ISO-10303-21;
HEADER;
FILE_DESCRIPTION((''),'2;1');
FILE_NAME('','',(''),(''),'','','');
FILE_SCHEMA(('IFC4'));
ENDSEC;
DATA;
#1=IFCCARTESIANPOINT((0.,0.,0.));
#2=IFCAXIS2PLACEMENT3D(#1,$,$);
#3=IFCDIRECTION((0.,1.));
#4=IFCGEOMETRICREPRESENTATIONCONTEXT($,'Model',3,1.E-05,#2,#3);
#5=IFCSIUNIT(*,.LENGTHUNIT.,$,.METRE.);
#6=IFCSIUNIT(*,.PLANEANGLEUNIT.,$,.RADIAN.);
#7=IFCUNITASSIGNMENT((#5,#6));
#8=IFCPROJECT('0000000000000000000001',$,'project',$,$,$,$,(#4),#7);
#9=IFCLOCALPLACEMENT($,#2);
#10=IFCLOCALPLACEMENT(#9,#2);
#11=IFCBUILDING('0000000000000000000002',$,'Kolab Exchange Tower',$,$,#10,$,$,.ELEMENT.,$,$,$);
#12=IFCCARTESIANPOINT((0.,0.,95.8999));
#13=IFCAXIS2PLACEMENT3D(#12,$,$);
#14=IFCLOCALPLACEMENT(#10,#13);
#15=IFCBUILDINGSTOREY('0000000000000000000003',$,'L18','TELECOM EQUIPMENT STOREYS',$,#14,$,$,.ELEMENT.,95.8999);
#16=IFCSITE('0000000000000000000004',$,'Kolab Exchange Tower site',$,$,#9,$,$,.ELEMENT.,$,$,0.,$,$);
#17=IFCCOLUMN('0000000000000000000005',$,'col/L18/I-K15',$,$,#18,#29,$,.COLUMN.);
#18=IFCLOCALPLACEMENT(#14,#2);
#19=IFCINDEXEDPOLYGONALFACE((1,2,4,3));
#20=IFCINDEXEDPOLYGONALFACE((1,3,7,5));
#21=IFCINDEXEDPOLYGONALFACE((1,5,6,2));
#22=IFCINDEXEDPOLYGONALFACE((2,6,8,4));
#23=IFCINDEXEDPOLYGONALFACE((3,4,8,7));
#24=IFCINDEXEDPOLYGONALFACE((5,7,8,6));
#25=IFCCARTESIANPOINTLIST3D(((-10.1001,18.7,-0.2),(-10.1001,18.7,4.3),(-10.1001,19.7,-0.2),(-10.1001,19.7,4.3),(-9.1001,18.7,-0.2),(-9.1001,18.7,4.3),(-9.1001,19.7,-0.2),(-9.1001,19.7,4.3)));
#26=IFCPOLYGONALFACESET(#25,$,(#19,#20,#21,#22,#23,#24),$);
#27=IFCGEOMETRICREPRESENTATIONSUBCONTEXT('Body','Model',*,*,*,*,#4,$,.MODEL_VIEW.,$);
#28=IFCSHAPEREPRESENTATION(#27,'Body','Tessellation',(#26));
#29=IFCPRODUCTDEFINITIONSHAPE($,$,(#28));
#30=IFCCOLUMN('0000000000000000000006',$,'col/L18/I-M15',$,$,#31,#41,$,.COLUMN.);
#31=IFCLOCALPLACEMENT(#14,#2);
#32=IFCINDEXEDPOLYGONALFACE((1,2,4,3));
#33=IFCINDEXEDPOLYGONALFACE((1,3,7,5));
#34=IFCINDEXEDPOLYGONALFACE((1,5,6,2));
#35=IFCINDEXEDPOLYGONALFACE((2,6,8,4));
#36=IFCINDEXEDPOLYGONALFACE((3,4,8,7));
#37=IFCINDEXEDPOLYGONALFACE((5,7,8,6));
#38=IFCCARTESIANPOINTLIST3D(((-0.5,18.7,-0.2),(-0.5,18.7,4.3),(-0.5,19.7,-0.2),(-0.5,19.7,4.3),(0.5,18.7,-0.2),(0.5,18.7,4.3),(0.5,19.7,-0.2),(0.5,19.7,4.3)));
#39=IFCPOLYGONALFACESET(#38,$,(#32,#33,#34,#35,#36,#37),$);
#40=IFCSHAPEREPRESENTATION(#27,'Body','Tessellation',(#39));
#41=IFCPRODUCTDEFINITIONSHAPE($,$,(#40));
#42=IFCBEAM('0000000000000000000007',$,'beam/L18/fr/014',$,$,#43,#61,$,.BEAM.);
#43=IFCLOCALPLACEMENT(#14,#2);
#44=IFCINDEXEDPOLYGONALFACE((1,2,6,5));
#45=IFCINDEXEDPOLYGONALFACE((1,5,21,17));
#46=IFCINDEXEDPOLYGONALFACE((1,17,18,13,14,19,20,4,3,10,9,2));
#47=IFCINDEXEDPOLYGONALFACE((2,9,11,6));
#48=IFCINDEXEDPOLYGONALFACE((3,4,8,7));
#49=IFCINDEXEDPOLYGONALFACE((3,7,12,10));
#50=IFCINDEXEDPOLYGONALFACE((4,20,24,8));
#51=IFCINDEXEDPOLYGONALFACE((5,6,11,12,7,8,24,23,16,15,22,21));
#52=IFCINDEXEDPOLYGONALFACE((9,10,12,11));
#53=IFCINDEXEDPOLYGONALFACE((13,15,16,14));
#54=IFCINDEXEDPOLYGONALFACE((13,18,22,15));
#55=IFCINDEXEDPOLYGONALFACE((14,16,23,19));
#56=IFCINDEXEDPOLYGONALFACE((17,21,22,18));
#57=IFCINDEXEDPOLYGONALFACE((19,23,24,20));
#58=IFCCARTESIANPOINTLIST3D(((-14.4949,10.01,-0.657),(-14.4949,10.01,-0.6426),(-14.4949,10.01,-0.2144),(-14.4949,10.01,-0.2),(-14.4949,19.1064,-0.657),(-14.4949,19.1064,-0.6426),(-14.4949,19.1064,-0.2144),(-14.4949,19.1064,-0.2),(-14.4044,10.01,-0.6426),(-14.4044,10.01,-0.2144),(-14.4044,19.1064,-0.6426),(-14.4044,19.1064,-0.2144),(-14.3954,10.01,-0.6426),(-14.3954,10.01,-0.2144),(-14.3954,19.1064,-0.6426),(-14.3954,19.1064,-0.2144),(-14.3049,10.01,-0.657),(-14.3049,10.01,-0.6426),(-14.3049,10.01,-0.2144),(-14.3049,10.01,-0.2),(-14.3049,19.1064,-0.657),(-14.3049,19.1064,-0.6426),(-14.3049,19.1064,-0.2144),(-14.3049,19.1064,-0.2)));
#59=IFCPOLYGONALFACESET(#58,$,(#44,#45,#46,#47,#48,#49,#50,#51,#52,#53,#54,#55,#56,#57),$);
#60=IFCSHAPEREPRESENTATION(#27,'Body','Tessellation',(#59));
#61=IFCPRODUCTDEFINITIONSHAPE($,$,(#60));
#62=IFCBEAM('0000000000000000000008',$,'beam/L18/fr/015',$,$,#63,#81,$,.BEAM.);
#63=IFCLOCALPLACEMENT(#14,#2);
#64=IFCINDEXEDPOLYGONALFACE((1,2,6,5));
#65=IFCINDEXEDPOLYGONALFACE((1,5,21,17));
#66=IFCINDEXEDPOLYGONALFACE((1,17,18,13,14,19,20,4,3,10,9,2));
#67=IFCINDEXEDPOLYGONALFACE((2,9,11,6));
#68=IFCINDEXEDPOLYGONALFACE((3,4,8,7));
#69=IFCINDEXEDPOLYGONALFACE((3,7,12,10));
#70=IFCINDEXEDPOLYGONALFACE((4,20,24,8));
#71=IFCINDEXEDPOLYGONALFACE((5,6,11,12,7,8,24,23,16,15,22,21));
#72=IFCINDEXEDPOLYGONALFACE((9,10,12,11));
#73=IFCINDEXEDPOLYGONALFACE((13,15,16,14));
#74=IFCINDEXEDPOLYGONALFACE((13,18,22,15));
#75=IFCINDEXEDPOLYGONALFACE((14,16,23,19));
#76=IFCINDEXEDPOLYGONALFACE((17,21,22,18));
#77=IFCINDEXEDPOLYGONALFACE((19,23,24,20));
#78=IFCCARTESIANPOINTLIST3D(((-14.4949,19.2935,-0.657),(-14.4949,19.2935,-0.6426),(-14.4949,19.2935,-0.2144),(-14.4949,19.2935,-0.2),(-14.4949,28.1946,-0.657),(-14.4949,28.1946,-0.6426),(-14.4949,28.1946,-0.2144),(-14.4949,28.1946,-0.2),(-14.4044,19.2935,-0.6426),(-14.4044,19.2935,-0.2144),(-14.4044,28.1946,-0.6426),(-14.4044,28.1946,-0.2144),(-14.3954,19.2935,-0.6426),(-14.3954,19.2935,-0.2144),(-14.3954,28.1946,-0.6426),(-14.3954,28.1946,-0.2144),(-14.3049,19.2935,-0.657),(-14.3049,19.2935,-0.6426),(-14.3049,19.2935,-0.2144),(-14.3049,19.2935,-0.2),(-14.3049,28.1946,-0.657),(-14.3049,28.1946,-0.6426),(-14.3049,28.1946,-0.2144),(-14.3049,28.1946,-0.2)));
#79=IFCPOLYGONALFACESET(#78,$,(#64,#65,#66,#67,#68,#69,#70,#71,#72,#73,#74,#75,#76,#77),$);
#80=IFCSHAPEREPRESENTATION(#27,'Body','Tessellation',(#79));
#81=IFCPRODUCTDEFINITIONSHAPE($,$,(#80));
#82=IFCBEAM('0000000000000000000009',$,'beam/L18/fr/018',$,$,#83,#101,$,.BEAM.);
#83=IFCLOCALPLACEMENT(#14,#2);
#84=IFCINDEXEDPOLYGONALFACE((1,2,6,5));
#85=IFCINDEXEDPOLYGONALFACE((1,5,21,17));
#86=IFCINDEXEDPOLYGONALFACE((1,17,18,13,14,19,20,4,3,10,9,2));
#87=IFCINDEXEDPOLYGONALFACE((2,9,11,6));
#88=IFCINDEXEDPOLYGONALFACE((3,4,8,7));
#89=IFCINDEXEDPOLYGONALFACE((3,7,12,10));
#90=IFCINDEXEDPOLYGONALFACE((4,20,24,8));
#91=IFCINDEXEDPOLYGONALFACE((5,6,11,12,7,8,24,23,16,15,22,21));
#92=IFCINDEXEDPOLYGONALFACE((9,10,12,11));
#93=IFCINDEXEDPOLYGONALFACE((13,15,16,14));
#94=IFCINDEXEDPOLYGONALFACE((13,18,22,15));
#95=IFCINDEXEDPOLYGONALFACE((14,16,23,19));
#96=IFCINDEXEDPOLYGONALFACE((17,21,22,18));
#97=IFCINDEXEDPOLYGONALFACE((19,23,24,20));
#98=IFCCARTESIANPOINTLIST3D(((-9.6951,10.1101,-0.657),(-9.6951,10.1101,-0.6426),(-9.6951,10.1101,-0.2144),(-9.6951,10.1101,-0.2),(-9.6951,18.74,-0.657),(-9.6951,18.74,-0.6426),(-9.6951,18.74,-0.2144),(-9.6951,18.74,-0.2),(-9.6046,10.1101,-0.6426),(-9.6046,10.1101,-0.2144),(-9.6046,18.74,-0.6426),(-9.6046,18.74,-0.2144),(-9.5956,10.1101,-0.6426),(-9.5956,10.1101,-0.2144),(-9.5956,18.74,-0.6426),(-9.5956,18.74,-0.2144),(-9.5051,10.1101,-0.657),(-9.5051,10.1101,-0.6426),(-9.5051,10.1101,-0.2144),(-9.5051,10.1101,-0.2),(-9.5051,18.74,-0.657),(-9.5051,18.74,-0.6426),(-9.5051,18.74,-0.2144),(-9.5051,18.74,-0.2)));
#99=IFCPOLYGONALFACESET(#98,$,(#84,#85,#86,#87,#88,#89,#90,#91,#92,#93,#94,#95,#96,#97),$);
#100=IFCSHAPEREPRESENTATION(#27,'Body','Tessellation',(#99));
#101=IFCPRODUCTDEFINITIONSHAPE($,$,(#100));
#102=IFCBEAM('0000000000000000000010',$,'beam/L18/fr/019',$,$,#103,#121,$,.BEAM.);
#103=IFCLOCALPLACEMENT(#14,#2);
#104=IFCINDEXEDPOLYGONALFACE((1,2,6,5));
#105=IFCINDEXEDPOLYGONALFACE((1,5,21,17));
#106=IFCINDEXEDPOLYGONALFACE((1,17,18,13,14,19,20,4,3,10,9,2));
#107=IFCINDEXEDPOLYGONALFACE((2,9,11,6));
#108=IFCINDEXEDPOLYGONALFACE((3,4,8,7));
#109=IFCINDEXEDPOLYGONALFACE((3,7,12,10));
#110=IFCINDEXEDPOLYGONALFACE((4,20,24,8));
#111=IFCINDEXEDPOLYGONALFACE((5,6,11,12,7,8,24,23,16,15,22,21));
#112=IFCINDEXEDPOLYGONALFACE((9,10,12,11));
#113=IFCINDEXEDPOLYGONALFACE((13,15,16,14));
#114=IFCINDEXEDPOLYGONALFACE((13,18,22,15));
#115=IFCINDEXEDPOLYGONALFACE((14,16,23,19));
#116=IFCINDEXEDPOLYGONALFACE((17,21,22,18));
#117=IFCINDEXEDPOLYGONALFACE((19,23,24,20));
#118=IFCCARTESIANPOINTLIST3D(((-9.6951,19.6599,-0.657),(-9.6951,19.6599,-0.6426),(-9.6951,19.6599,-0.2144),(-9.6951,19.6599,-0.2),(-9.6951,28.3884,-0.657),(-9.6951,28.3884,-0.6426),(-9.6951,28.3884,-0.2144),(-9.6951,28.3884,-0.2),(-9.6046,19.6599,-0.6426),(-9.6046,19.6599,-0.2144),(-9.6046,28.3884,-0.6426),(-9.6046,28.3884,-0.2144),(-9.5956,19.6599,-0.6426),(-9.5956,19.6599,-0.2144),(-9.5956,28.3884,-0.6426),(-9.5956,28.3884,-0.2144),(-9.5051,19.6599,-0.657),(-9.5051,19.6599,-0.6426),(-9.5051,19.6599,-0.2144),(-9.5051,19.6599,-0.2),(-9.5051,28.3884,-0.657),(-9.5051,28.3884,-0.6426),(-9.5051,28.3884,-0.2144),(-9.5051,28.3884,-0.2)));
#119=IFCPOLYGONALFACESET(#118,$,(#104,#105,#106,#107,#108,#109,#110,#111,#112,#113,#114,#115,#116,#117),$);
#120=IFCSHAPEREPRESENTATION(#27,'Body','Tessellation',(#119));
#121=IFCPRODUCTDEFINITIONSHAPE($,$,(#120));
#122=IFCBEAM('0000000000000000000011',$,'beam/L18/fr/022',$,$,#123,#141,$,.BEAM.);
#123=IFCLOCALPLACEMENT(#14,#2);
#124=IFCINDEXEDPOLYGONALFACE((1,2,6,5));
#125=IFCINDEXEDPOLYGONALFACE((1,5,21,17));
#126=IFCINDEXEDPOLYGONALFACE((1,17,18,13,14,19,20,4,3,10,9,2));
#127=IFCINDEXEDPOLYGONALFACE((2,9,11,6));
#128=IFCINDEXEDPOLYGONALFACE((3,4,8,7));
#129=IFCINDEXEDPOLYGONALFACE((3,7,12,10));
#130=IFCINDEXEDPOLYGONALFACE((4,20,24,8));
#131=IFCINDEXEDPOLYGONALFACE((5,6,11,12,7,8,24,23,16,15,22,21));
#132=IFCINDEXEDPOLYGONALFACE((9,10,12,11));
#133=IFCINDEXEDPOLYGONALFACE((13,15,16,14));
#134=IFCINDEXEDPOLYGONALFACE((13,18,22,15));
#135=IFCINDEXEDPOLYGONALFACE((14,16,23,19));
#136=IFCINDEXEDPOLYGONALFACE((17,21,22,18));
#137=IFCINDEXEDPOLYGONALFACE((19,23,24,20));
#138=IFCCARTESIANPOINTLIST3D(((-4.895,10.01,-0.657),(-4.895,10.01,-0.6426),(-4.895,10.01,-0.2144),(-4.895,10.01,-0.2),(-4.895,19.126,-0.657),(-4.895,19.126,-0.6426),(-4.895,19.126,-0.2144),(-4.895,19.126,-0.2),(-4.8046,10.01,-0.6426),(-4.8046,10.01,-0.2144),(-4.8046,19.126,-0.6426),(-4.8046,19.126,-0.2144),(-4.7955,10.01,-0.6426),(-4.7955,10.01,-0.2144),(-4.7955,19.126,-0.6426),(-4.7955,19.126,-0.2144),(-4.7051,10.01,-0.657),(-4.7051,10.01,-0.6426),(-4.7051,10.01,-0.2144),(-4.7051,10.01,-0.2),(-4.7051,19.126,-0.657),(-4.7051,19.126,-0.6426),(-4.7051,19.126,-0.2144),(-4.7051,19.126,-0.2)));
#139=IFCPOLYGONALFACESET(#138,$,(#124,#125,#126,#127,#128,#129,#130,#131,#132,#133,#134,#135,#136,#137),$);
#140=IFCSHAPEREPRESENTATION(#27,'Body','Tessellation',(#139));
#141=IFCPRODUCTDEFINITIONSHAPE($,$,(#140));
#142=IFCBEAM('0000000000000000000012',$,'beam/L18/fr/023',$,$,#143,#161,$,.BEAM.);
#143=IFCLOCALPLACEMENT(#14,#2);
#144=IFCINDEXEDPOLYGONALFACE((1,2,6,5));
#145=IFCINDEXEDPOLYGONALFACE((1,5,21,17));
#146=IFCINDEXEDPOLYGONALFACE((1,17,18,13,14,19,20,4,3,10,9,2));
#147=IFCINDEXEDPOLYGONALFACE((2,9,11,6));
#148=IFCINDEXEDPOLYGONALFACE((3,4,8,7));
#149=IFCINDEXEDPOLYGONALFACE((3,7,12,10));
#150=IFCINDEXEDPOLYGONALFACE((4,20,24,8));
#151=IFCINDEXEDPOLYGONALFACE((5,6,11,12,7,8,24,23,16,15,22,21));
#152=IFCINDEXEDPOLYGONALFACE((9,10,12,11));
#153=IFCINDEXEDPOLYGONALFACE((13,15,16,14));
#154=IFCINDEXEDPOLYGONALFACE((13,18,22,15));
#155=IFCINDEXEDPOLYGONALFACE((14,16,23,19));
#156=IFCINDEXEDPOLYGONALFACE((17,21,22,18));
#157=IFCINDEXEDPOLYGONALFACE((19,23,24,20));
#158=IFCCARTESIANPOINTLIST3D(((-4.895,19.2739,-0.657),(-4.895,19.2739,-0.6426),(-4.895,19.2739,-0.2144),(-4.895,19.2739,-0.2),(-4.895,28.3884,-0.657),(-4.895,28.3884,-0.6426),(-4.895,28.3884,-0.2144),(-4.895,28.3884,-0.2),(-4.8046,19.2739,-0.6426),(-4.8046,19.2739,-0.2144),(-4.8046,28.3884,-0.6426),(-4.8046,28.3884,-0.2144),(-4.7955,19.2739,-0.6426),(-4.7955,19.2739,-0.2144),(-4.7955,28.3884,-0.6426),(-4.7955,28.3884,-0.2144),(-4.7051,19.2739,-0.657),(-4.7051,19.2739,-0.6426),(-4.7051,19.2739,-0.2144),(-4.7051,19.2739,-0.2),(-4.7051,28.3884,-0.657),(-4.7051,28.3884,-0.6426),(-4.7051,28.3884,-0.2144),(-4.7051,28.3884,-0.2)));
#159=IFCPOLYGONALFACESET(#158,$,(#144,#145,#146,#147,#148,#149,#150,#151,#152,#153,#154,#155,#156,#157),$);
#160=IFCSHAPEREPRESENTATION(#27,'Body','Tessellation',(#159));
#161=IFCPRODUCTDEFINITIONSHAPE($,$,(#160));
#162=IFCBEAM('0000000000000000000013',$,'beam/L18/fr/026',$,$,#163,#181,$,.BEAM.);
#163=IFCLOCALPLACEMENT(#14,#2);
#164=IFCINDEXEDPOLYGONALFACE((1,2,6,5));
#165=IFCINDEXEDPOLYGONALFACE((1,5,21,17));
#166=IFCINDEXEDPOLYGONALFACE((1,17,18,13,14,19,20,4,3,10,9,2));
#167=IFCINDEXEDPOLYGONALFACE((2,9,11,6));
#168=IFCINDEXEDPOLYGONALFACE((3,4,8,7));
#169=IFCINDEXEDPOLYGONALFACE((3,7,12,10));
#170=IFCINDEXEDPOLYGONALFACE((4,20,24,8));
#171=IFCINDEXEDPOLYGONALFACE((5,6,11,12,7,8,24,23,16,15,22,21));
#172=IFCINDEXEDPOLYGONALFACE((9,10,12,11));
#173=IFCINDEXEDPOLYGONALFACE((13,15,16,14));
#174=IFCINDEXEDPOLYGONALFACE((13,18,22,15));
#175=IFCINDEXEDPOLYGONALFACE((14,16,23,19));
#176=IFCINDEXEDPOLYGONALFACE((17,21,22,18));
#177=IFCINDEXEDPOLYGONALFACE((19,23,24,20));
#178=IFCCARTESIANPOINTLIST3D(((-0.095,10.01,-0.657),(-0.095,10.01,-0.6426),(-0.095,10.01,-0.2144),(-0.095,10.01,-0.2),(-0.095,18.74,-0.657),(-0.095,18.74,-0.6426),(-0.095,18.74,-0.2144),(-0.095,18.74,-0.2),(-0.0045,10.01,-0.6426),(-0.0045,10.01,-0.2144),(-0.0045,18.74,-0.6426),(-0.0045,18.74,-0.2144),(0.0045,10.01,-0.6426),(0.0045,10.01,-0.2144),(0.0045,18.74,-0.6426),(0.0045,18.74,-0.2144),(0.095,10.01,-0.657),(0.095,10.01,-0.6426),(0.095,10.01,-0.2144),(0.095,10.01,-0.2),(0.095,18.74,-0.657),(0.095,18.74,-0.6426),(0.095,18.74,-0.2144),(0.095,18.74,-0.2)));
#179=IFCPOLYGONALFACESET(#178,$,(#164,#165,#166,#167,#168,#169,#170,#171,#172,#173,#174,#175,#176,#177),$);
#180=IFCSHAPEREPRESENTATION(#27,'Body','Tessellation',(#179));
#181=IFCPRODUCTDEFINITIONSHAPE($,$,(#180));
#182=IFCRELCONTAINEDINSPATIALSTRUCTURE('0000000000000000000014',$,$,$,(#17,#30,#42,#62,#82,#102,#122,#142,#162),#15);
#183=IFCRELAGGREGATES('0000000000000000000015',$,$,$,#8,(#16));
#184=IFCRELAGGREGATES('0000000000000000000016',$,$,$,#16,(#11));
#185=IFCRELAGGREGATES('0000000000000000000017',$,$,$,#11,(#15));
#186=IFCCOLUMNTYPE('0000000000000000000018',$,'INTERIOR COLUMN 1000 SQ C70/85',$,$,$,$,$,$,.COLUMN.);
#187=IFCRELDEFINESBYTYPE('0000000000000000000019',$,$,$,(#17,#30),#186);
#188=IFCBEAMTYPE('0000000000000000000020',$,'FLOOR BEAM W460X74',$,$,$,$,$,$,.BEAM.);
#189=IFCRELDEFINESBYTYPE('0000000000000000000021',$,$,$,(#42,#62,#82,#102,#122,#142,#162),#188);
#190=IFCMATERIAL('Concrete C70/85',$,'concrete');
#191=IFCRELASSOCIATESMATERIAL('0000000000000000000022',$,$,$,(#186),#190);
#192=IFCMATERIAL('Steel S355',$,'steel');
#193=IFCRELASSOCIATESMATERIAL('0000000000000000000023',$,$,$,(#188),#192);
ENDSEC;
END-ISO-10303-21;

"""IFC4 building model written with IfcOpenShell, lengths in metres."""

from ifc_helpers import new_model, si_unit, direction, frame, origin, origin_2d, place, context, subcontext, project, spatial, rectangle, i_section, extrude, material, material_profile, profile_set, type_object, element, save


model = new_model("IFC4")

# Units and contexts
model_context = context("Model", 3, precision=1e-05, world=origin(), true_north=direction((0.0, 1.0)))
body_context = subcontext(model_context, "Body", "Model", "MODEL_VIEW")
ifc_project = project(units=[si_unit("LENGTHUNIT", "METRE"), si_unit("PLANEANGLEUNIT", "RADIAN")], contexts=[model_context])

# Site, building, storey
site_placement = place(None, origin())
site = spatial("IfcSite", under=ifc_project, at=site_placement, Name="Kolab Exchange Tower site", CompositionType="ELEMENT", RefElevation=0.0)
building_placement = place(site_placement, origin())
building = spatial("IfcBuilding", under=site, at=building_placement, Name="Kolab Exchange Tower", CompositionType="ELEMENT")
storey_placement = place(building_placement, frame((0.0, 0.0, 95.8999)))
storey = spatial("IfcBuildingStorey", under=building, at=storey_placement, Name="L18", Description="TELECOM EQUIPMENT STOREYS", CompositionType="ELEMENT", Elevation=95.8999)

# Columns
ifc_material_1 = material(Name="Concrete C70/85", Category="concrete")
ifc_material_profile_1 = material_profile(ifc_material_1, rectangle(XDim=1.0, YDim=1.0, at=origin_2d()), Name="RC1000")
ifc_profile_set_1 = profile_set([ifc_material_profile_1], Name="Concrete C70/85")
column_type = type_object("IfcColumnType", Name="INTERIOR COLUMN 1000 SQ C70/85", PredefinedType="COLUMN", material=ifc_profile_set_1)
for number, where, z_axis, x_axis, name in (
    (1, (-9.6001, 19.2, -0.2), (0.0, 0.0, 1.0), (1.0, 0.0, 0.0), "col/L18/I-K15"),
    (2, (0.0, 19.2, -0.2), (0.0, 0.0, 1.0), (1.0, 0.0, 0.0), "col/L18/I-M15"),
):
    element("IfcColumn", number, at=place(storey_placement, frame(where, z_axis=z_axis, x_axis=x_axis)), inside=storey, type_object=column_type, Name=name, PredefinedType="COLUMN", context=body_context, shape_type="SweptSolid", body=[
        extrude(rectangle(XDim=1.0, YDim=1.0, at=origin_2d()), origin(), (0.0, 0.0, 1.0), 4.5),
    ])

# Beams
ifc_material_2 = material(Name="Steel S355", Category="steel")
ifc_material_profile_2 = material_profile(ifc_material_2, i_section(OverallWidth=0.1899, OverallDepth=0.457, WebThickness=0.009, FlangeThickness=0.0144, at=origin_2d()), Name="W460X74")
ifc_profile_set_2 = profile_set([ifc_material_profile_2], Name="Steel S355")
beam_type_1 = type_object("IfcBeamType", Name="FLOOR BEAM W460X74", PredefinedType="BEAM", material=ifc_profile_set_2)
beam_1_placement = place(storey_placement, frame((-14.3999, 10.01, -0.4285), z_axis=(0.0, 1.0, 0.0), x_axis=(-1.0, 0.0, 0.0)))
element("IfcBeam", 3, at=beam_1_placement, inside=storey, type_object=beam_type_1, Name="beam/L18/fr/014", PredefinedType="BEAM", context=body_context, shape_type="SweptSolid", body=[
    extrude(i_section(OverallWidth=0.1899, OverallDepth=0.457, WebThickness=0.009, FlangeThickness=0.0144, at=origin_2d()), origin(), (0.0, 0.0, 1.0), 9.0964),
])
beam_2_placement = place(storey_placement, frame((-14.3999, 19.2935, -0.4285), z_axis=(0.0, 1.0, 0.0), x_axis=(-1.0, 0.0, 0.0)))
element("IfcBeam", 4, at=beam_2_placement, inside=storey, type_object=beam_type_1, Name="beam/L18/fr/015", PredefinedType="BEAM", context=body_context, shape_type="SweptSolid", body=[
    extrude(i_section(OverallWidth=0.1899, OverallDepth=0.457, WebThickness=0.009, FlangeThickness=0.0144, at=origin_2d()), origin(), (0.0, 0.0, 1.0), 8.9011),
])
beam_3_placement = place(storey_placement, frame((-9.6001, 10.1101, -0.4285), z_axis=(0.0, 1.0, 0.0), x_axis=(-1.0, 0.0, 0.0)))
element("IfcBeam", 5, at=beam_3_placement, inside=storey, type_object=beam_type_1, Name="beam/L18/fr/018", PredefinedType="BEAM", context=body_context, shape_type="SweptSolid", body=[
    extrude(i_section(OverallWidth=0.1899, OverallDepth=0.457, WebThickness=0.009, FlangeThickness=0.0144, at=origin_2d()), origin(), (0.0, 0.0, 1.0), 8.6299),
])
beam_4_placement = place(storey_placement, frame((-9.6001, 19.6599, -0.4285), z_axis=(0.0, 1.0, 0.0), x_axis=(-1.0, 0.0, 0.0)))
element("IfcBeam", 6, at=beam_4_placement, inside=storey, type_object=beam_type_1, Name="beam/L18/fr/019", PredefinedType="BEAM", context=body_context, shape_type="SweptSolid", body=[
    extrude(i_section(OverallWidth=0.1899, OverallDepth=0.457, WebThickness=0.009, FlangeThickness=0.0144, at=origin_2d()), origin(), (0.0, 0.0, 1.0), 8.7285),
])
beam_5_placement = place(storey_placement, frame((-4.8, 10.01, -0.4285), z_axis=(0.0, 1.0, 0.0), x_axis=(-1.0, 0.0, 0.0)))
element("IfcBeam", 7, at=beam_5_placement, inside=storey, type_object=beam_type_1, Name="beam/L18/fr/022", PredefinedType="BEAM", context=body_context, shape_type="SweptSolid", body=[
    extrude(i_section(OverallWidth=0.1899, OverallDepth=0.457, WebThickness=0.009, FlangeThickness=0.0144, at=origin_2d()), origin(), (0.0, 0.0, 1.0), 9.116),
])
beam_6_placement = place(storey_placement, frame((-4.8, 19.2739, -0.4285), z_axis=(0.0, 1.0, 0.0), x_axis=(-1.0, 0.0, 0.0)))
element("IfcBeam", 8, at=beam_6_placement, inside=storey, type_object=beam_type_1, Name="beam/L18/fr/023", PredefinedType="BEAM", context=body_context, shape_type="SweptSolid", body=[
    extrude(i_section(OverallWidth=0.1899, OverallDepth=0.457, WebThickness=0.009, FlangeThickness=0.0144, at=origin_2d()), origin(), (0.0, 0.0, 1.0), 9.1145),
])
beam_7_placement = place(storey_placement, frame((0.0, 10.01, -0.4285), z_axis=(0.0, 1.0, 0.0), x_axis=(-1.0, 0.0, 0.0)))
element("IfcBeam", 9, at=beam_7_placement, inside=storey, type_object=beam_type_1, Name="beam/L18/fr/026", PredefinedType="BEAM", context=body_context, shape_type="SweptSolid", body=[
    extrude(i_section(OverallWidth=0.1899, OverallDepth=0.457, WebThickness=0.009, FlangeThickness=0.0144, at=origin_2d()), origin(), (0.0, 0.0, 1.0), 8.73),
])

save(model, "model.ifc")
